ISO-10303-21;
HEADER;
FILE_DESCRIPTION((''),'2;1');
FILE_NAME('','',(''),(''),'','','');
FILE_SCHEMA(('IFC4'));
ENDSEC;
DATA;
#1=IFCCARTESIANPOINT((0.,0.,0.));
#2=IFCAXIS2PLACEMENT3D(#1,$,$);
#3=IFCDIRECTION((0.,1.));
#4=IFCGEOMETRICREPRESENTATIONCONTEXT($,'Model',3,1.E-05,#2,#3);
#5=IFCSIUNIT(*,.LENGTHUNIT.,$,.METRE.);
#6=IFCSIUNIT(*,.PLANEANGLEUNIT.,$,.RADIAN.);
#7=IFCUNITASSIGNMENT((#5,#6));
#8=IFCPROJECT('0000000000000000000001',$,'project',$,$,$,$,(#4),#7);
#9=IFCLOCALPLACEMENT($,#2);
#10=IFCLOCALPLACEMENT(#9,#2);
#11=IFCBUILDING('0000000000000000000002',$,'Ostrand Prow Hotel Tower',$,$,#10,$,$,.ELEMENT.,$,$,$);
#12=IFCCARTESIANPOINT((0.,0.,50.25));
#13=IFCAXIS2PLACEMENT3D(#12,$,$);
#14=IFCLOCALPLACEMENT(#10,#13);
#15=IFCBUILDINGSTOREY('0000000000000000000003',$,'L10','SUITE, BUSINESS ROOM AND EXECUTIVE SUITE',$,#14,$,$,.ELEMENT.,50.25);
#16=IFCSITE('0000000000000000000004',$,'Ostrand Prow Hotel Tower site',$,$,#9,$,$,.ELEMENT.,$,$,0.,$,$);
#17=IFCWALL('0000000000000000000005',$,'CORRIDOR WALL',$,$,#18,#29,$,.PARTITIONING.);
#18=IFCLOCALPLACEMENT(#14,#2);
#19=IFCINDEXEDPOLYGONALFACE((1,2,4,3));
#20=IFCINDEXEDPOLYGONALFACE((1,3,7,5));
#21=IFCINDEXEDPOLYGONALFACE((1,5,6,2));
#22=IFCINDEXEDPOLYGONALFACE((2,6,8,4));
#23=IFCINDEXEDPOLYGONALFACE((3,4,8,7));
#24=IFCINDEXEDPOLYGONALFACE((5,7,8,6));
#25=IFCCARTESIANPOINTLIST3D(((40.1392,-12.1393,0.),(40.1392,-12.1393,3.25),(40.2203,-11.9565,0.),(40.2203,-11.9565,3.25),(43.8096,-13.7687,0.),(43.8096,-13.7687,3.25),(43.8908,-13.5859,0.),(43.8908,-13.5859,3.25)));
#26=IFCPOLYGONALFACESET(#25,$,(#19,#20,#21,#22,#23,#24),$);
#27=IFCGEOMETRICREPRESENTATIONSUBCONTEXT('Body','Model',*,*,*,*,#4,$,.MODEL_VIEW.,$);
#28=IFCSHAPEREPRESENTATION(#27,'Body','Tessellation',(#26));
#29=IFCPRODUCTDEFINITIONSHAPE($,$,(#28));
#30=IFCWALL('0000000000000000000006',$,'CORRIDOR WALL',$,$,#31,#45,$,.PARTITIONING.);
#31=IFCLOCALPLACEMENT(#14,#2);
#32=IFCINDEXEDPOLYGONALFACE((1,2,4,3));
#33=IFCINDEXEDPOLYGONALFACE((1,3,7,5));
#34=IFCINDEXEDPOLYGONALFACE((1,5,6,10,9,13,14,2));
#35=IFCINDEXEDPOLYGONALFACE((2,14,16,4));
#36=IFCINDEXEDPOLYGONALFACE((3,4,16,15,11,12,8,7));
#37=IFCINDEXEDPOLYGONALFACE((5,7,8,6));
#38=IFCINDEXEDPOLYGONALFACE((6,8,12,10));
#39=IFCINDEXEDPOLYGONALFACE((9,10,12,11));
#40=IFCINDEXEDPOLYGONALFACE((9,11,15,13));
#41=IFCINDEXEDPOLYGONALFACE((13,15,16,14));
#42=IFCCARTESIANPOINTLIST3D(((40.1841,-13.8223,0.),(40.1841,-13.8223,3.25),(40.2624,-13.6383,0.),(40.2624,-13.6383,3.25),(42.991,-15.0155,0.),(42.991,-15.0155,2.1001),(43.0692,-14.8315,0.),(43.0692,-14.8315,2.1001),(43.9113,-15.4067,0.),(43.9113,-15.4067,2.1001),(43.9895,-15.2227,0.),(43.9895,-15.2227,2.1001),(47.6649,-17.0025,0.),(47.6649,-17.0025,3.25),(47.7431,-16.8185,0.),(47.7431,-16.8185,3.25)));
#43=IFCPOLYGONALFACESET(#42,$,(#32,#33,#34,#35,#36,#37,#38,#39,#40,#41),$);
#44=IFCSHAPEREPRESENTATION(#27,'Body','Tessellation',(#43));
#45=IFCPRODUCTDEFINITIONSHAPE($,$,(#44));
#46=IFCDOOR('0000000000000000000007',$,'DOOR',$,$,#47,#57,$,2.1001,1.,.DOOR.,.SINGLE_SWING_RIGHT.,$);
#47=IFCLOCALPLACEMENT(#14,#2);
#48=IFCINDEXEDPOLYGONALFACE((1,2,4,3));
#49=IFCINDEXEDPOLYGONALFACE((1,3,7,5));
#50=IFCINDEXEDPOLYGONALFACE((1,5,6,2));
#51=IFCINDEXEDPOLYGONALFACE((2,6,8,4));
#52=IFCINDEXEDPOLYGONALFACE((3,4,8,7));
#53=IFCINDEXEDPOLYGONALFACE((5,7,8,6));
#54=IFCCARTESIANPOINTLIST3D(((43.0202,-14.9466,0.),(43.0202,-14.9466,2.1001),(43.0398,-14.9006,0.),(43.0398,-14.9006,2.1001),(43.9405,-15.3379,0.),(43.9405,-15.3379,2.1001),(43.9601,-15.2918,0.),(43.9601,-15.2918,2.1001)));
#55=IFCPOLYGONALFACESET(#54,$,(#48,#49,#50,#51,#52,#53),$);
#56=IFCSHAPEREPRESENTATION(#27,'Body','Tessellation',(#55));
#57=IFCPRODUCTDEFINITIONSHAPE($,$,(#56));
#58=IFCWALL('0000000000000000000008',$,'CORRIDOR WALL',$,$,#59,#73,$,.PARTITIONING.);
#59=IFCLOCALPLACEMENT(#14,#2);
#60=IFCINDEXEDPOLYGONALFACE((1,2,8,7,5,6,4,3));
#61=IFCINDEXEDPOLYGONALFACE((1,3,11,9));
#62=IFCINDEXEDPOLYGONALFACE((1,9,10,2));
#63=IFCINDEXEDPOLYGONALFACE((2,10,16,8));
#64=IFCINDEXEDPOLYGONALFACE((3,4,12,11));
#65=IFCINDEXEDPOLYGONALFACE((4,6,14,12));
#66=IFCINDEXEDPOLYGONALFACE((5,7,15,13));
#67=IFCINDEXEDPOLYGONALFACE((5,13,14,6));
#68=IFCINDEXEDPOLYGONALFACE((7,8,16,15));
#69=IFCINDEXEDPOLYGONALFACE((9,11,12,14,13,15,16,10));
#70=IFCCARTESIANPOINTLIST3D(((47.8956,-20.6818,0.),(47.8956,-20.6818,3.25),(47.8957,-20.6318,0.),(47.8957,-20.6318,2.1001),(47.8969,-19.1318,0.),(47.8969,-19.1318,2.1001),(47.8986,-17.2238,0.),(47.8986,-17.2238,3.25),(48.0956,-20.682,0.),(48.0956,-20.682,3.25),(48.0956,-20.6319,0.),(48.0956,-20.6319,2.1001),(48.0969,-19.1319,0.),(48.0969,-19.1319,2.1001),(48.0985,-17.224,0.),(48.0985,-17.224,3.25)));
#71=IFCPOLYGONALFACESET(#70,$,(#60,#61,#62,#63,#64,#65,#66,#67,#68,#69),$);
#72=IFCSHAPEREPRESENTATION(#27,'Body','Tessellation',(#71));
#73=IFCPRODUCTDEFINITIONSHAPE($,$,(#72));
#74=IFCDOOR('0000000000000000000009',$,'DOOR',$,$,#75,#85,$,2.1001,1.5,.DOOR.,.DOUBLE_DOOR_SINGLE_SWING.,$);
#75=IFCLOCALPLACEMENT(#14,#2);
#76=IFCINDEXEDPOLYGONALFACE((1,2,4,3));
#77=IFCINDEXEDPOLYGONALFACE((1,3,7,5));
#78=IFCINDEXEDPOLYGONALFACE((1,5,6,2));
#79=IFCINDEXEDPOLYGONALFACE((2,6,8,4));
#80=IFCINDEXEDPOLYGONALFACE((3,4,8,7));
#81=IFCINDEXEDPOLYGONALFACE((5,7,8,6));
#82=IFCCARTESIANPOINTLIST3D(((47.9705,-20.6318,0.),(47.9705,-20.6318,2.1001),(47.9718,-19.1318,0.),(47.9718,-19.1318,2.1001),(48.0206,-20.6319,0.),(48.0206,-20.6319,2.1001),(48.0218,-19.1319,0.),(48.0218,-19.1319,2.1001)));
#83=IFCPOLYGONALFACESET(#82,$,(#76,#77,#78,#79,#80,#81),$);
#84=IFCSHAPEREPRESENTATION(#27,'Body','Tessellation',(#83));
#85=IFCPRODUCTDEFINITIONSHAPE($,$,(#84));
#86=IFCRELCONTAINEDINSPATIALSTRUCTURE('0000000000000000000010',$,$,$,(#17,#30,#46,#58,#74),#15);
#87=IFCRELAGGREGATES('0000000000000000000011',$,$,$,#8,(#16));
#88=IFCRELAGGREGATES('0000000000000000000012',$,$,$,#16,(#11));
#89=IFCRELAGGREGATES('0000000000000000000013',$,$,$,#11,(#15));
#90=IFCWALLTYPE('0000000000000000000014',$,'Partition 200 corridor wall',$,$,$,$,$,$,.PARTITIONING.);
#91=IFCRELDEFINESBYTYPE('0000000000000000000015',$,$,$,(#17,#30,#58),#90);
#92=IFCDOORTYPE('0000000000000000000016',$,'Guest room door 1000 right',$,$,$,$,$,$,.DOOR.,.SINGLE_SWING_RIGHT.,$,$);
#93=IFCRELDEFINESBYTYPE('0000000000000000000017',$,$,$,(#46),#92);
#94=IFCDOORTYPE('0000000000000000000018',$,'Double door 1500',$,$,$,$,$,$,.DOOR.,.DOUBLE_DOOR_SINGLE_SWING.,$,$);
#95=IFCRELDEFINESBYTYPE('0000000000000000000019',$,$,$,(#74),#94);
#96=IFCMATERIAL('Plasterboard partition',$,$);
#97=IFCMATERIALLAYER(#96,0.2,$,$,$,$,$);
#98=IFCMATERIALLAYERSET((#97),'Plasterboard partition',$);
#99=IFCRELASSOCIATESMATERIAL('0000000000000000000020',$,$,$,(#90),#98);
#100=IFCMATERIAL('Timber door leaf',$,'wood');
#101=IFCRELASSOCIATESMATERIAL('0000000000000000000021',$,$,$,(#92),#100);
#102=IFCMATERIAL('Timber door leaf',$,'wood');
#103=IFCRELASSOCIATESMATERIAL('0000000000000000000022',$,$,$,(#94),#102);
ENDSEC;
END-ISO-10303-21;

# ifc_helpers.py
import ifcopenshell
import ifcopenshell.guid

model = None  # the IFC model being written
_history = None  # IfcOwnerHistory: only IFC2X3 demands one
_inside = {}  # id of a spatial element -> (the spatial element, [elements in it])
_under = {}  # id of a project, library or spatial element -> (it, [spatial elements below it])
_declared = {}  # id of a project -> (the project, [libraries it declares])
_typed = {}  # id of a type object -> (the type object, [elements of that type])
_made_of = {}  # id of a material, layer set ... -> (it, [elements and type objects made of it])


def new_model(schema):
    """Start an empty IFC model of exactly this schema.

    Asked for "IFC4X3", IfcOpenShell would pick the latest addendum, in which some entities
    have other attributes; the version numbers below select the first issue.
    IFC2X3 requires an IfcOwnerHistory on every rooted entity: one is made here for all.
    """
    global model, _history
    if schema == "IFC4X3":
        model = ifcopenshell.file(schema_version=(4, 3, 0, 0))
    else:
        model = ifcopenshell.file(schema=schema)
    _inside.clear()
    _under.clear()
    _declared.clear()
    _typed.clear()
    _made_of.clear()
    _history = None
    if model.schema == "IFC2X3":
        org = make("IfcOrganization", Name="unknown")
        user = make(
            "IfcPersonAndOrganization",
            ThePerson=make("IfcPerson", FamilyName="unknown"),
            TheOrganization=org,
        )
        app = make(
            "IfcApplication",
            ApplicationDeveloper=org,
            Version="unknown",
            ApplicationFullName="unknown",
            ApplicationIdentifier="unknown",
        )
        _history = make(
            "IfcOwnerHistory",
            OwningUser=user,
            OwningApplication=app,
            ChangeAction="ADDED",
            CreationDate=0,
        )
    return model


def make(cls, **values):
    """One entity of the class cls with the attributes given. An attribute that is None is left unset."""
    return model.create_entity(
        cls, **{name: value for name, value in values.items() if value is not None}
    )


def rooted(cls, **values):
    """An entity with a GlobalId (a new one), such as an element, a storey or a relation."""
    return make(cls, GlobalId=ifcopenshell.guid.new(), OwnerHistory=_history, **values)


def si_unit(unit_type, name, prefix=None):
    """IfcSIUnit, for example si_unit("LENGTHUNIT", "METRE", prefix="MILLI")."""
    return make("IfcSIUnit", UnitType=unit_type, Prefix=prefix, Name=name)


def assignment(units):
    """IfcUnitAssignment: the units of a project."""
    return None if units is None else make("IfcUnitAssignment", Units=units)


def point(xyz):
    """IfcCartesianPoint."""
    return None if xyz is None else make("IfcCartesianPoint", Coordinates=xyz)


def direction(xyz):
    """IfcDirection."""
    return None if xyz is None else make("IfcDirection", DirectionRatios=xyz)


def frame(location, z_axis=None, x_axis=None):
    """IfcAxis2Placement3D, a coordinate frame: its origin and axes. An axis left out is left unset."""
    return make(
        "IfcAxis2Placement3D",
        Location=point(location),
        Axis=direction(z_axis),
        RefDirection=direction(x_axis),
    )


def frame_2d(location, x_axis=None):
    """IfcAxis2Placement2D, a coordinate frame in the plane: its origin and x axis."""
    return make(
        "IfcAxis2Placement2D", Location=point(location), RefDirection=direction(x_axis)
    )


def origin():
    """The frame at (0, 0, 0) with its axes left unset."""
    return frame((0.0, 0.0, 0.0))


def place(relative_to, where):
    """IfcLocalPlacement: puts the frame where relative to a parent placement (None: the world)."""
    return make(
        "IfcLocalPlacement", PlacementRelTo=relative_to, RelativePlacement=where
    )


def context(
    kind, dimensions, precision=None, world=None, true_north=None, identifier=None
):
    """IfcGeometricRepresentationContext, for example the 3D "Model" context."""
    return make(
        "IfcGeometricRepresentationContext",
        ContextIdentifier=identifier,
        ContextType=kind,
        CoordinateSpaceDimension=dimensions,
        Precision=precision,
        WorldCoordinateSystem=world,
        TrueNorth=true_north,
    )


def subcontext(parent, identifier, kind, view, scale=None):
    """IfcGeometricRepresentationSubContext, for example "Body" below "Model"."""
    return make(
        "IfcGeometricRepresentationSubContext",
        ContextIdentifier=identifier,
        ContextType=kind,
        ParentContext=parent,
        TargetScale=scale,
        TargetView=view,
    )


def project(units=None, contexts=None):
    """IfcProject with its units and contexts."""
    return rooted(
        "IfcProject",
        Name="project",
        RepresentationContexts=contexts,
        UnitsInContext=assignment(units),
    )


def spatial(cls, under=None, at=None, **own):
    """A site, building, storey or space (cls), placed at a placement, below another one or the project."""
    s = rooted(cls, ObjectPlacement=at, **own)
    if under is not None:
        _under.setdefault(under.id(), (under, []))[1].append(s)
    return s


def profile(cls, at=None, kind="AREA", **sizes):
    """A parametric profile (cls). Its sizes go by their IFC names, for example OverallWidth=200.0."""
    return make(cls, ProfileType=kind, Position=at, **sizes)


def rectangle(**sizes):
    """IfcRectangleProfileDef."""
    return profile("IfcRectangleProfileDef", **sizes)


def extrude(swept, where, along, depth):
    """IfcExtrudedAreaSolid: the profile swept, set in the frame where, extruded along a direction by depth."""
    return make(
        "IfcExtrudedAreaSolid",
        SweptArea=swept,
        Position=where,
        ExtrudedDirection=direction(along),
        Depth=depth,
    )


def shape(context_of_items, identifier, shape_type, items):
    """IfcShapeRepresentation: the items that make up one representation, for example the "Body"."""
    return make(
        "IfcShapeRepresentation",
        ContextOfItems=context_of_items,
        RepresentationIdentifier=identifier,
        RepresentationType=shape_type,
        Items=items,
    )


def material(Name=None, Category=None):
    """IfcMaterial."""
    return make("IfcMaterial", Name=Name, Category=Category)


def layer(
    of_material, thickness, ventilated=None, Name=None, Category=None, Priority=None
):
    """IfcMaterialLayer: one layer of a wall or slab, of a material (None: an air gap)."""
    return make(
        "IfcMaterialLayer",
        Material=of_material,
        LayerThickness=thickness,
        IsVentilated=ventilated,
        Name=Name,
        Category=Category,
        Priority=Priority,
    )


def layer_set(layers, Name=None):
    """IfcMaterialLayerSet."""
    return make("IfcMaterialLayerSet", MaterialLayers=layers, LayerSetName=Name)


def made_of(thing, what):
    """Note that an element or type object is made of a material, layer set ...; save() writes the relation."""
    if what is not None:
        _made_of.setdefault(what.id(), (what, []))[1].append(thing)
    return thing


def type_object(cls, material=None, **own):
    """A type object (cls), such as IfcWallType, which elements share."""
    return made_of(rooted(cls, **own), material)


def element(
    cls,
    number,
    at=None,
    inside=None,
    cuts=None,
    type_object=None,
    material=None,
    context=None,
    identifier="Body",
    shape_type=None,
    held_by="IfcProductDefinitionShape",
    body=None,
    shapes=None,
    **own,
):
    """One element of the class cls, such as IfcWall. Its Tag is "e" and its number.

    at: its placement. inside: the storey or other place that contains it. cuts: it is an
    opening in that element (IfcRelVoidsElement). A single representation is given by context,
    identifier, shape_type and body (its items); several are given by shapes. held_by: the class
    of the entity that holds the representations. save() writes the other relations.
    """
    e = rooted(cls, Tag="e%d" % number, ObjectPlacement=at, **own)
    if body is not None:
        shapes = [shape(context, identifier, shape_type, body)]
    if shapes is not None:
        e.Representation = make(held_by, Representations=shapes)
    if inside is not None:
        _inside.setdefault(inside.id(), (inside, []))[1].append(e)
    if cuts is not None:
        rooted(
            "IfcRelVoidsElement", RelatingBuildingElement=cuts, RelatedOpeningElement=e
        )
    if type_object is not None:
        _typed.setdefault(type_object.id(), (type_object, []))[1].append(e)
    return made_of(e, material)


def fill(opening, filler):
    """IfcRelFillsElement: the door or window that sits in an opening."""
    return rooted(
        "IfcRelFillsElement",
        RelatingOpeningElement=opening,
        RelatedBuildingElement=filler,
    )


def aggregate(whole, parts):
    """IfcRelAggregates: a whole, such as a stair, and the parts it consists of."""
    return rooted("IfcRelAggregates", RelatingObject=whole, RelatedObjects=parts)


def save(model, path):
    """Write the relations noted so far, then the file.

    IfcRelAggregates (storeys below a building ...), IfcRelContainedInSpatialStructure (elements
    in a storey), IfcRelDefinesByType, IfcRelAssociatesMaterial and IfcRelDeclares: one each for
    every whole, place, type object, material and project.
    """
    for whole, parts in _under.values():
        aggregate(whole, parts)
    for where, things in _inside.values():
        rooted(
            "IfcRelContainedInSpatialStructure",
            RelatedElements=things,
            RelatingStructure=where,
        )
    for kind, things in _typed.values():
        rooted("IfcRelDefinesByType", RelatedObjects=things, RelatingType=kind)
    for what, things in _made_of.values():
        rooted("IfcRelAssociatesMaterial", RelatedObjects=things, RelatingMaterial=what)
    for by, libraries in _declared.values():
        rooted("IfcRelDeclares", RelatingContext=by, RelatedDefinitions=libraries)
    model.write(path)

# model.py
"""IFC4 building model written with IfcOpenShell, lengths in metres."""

from ifc_helpers import new_model, si_unit, direction, frame, frame_2d, origin, place, context, subcontext, project, spatial, rectangle, extrude, material, layer, layer_set, type_object, element, fill, save


model = new_model("IFC4")

# Units and contexts
model_context = context("Model", 3, precision=1e-05, world=origin(), true_north=direction((0.0, 1.0)))
body_context = subcontext(model_context, "Body", "Model", "MODEL_VIEW")
ifc_project = project(units=[si_unit("LENGTHUNIT", "METRE"), si_unit("PLANEANGLEUNIT", "RADIAN")], contexts=[model_context])

# Site, building, storey
site_placement = place(None, origin())
site = spatial("IfcSite", under=ifc_project, at=site_placement, Name="Ostrand Prow Hotel Tower site", CompositionType="ELEMENT", RefElevation=0.0)
building_placement = place(site_placement, origin())
building = spatial("IfcBuilding", under=site, at=building_placement, Name="Ostrand Prow Hotel Tower", CompositionType="ELEMENT")
storey_placement = place(building_placement, frame((0.0, 0.0, 50.25)))
storey = spatial("IfcBuildingStorey", under=building, at=storey_placement, Name="L10", Description="SUITE, BUSINESS ROOM AND EXECUTIVE SUITE", CompositionType="ELEMENT", Elevation=50.25)

# Wall
ifc_material_1 = material(Name="Plasterboard partition")
ifc_layer_1 = layer(ifc_material_1, 0.2)
ifc_layer_set_1 = layer_set([ifc_layer_1], Name="Plasterboard partition")
wall_type_1 = type_object("IfcWallType", Name="Partition 200 corridor wall", PredefinedType="PARTITIONING", material=ifc_layer_set_1)
wall_1_placement = place(storey_placement, frame((43.8501, -13.6772, 0.0), z_axis=(0.0, 0.0, 1.0), x_axis=(-0.913987, 0.405744, 0.0)))
element("IfcWall", 1, at=wall_1_placement, inside=storey, type_object=wall_type_1, Name="CORRIDOR WALL", PredefinedType="PARTITIONING", context=body_context, shape_type="SweptSolid", body=[
    extrude(rectangle(XDim=4.0159, YDim=0.2, at=frame_2d((2.0078, 0.0))), origin(), (0.0, 0.0, 1.0), 3.25),
])

# Walls, openings, doors
wall_2_placement = place(storey_placement, frame((40.2231, -13.7302, 0.0), z_axis=(0.0, 0.0, 1.0), x_axis=(0.920292, -0.391232, 0.0)))
wall_2 = element("IfcWall", 2, at=wall_2_placement, inside=storey, type_object=wall_type_1, Name="CORRIDOR WALL", PredefinedType="PARTITIONING", context=body_context, shape_type="SweptSolid", body=[
    extrude(rectangle(XDim=8.1287, YDim=0.2, at=frame_2d((4.0645, 0.0))), origin(), (0.0, 0.0, 1.0), 3.25),
])
opening_1_placement = place(wall_2_placement, frame((3.05, 0.0, 0.0)))
opening_1 = element("IfcOpeningElement", 3, at=opening_1_placement, cuts=wall_2, PredefinedType="OPENING", context=body_context, shape_type="SweptSolid", body=[
    extrude(rectangle(XDim=1.0, YDim=2.1001, at=frame_2d((0.5, 1.05))), frame((0.0, 0.1099, 0.0), z_axis=(0.0, -1.0, 0.0), x_axis=(1.0, 0.0, 0.0)), (0.0, 0.0, 1.0), 0.22),
])
ifc_material_2 = material(Name="Timber door leaf", Category="wood")
door_type_1 = type_object("IfcDoorType", Name="Guest room door 1000 right", OperationType="SINGLE_SWING_RIGHT", PredefinedType="DOOR", material=ifc_material_2)
door_1_placement = place(opening_1_placement, origin())
door_1 = element("IfcDoor", 4, at=door_1_placement, inside=storey, type_object=door_type_1, Name="DOOR", OperationType="SINGLE_SWING_RIGHT", OverallHeight=2.1001, OverallWidth=1.0, PredefinedType="DOOR", context=body_context, shape_type="SweptSolid", body=[
    extrude(rectangle(XDim=1.0, YDim=2.1001, at=frame_2d((0.5, 1.05))), frame((0.0, 0.0249, 0.0), z_axis=(0.0, -1.0, 0.0), x_axis=(1.0, 0.0, 0.0)), (0.0, 0.0, 1.0), 0.05),
])
fill(opening_1, door_1)
wall_3_placement = place(storey_placement, frame((47.9985, -17.2239, 0.0), z_axis=(0.0, 0.0, 1.0), x_axis=(-0.000847, -1.0, 0.0)))
wall_3 = element("IfcWall", 5, at=wall_3_placement, inside=storey, type_object=wall_type_1, Name="CORRIDOR WALL", PredefinedType="PARTITIONING", context=body_context, shape_type="SweptSolid", body=[
    extrude(rectangle(XDim=3.458, YDim=0.2, at=frame_2d((1.729, 0.0))), origin(), (0.0, 0.0, 1.0), 3.25),
])
opening_2_placement = place(wall_3_placement, frame((1.908, 0.0, 0.0)))
opening_2 = element("IfcOpeningElement", 6, at=opening_2_placement, cuts=wall_3, PredefinedType="OPENING", context=body_context, shape_type="SweptSolid", body=[
    extrude(rectangle(XDim=1.5, YDim=2.1001, at=frame_2d((0.75, 1.05))), frame((0.0, 0.1099, 0.0), z_axis=(0.0, -1.0, 0.0), x_axis=(1.0, 0.0, 0.0)), (0.0, 0.0, 1.0), 0.22),
])
ifc_material_3 = material(Name="Timber door leaf", Category="wood")
door_type_2 = type_object("IfcDoorType", Name="Double door 1500", OperationType="DOUBLE_DOOR_SINGLE_SWING", PredefinedType="DOOR", material=ifc_material_3)
door_2_placement = place(opening_2_placement, origin())
door_2 = element("IfcDoor", 7, at=door_2_placement, inside=storey, type_object=door_type_2, Name="DOOR", OperationType="DOUBLE_DOOR_SINGLE_SWING", OverallHeight=2.1001, OverallWidth=1.5, PredefinedType="DOOR", context=body_context, shape_type="SweptSolid", body=[
    extrude(rectangle(XDim=1.5, YDim=2.1001, at=frame_2d((0.75, 1.05))), frame((0.0, 0.0249, 0.0), z_axis=(0.0, -1.0, 0.0), x_axis=(1.0, 0.0, 0.0)), (0.0, 0.0, 1.0), 0.05),
])
fill(opening_2, door_2)

save(model, "model.ifc")
